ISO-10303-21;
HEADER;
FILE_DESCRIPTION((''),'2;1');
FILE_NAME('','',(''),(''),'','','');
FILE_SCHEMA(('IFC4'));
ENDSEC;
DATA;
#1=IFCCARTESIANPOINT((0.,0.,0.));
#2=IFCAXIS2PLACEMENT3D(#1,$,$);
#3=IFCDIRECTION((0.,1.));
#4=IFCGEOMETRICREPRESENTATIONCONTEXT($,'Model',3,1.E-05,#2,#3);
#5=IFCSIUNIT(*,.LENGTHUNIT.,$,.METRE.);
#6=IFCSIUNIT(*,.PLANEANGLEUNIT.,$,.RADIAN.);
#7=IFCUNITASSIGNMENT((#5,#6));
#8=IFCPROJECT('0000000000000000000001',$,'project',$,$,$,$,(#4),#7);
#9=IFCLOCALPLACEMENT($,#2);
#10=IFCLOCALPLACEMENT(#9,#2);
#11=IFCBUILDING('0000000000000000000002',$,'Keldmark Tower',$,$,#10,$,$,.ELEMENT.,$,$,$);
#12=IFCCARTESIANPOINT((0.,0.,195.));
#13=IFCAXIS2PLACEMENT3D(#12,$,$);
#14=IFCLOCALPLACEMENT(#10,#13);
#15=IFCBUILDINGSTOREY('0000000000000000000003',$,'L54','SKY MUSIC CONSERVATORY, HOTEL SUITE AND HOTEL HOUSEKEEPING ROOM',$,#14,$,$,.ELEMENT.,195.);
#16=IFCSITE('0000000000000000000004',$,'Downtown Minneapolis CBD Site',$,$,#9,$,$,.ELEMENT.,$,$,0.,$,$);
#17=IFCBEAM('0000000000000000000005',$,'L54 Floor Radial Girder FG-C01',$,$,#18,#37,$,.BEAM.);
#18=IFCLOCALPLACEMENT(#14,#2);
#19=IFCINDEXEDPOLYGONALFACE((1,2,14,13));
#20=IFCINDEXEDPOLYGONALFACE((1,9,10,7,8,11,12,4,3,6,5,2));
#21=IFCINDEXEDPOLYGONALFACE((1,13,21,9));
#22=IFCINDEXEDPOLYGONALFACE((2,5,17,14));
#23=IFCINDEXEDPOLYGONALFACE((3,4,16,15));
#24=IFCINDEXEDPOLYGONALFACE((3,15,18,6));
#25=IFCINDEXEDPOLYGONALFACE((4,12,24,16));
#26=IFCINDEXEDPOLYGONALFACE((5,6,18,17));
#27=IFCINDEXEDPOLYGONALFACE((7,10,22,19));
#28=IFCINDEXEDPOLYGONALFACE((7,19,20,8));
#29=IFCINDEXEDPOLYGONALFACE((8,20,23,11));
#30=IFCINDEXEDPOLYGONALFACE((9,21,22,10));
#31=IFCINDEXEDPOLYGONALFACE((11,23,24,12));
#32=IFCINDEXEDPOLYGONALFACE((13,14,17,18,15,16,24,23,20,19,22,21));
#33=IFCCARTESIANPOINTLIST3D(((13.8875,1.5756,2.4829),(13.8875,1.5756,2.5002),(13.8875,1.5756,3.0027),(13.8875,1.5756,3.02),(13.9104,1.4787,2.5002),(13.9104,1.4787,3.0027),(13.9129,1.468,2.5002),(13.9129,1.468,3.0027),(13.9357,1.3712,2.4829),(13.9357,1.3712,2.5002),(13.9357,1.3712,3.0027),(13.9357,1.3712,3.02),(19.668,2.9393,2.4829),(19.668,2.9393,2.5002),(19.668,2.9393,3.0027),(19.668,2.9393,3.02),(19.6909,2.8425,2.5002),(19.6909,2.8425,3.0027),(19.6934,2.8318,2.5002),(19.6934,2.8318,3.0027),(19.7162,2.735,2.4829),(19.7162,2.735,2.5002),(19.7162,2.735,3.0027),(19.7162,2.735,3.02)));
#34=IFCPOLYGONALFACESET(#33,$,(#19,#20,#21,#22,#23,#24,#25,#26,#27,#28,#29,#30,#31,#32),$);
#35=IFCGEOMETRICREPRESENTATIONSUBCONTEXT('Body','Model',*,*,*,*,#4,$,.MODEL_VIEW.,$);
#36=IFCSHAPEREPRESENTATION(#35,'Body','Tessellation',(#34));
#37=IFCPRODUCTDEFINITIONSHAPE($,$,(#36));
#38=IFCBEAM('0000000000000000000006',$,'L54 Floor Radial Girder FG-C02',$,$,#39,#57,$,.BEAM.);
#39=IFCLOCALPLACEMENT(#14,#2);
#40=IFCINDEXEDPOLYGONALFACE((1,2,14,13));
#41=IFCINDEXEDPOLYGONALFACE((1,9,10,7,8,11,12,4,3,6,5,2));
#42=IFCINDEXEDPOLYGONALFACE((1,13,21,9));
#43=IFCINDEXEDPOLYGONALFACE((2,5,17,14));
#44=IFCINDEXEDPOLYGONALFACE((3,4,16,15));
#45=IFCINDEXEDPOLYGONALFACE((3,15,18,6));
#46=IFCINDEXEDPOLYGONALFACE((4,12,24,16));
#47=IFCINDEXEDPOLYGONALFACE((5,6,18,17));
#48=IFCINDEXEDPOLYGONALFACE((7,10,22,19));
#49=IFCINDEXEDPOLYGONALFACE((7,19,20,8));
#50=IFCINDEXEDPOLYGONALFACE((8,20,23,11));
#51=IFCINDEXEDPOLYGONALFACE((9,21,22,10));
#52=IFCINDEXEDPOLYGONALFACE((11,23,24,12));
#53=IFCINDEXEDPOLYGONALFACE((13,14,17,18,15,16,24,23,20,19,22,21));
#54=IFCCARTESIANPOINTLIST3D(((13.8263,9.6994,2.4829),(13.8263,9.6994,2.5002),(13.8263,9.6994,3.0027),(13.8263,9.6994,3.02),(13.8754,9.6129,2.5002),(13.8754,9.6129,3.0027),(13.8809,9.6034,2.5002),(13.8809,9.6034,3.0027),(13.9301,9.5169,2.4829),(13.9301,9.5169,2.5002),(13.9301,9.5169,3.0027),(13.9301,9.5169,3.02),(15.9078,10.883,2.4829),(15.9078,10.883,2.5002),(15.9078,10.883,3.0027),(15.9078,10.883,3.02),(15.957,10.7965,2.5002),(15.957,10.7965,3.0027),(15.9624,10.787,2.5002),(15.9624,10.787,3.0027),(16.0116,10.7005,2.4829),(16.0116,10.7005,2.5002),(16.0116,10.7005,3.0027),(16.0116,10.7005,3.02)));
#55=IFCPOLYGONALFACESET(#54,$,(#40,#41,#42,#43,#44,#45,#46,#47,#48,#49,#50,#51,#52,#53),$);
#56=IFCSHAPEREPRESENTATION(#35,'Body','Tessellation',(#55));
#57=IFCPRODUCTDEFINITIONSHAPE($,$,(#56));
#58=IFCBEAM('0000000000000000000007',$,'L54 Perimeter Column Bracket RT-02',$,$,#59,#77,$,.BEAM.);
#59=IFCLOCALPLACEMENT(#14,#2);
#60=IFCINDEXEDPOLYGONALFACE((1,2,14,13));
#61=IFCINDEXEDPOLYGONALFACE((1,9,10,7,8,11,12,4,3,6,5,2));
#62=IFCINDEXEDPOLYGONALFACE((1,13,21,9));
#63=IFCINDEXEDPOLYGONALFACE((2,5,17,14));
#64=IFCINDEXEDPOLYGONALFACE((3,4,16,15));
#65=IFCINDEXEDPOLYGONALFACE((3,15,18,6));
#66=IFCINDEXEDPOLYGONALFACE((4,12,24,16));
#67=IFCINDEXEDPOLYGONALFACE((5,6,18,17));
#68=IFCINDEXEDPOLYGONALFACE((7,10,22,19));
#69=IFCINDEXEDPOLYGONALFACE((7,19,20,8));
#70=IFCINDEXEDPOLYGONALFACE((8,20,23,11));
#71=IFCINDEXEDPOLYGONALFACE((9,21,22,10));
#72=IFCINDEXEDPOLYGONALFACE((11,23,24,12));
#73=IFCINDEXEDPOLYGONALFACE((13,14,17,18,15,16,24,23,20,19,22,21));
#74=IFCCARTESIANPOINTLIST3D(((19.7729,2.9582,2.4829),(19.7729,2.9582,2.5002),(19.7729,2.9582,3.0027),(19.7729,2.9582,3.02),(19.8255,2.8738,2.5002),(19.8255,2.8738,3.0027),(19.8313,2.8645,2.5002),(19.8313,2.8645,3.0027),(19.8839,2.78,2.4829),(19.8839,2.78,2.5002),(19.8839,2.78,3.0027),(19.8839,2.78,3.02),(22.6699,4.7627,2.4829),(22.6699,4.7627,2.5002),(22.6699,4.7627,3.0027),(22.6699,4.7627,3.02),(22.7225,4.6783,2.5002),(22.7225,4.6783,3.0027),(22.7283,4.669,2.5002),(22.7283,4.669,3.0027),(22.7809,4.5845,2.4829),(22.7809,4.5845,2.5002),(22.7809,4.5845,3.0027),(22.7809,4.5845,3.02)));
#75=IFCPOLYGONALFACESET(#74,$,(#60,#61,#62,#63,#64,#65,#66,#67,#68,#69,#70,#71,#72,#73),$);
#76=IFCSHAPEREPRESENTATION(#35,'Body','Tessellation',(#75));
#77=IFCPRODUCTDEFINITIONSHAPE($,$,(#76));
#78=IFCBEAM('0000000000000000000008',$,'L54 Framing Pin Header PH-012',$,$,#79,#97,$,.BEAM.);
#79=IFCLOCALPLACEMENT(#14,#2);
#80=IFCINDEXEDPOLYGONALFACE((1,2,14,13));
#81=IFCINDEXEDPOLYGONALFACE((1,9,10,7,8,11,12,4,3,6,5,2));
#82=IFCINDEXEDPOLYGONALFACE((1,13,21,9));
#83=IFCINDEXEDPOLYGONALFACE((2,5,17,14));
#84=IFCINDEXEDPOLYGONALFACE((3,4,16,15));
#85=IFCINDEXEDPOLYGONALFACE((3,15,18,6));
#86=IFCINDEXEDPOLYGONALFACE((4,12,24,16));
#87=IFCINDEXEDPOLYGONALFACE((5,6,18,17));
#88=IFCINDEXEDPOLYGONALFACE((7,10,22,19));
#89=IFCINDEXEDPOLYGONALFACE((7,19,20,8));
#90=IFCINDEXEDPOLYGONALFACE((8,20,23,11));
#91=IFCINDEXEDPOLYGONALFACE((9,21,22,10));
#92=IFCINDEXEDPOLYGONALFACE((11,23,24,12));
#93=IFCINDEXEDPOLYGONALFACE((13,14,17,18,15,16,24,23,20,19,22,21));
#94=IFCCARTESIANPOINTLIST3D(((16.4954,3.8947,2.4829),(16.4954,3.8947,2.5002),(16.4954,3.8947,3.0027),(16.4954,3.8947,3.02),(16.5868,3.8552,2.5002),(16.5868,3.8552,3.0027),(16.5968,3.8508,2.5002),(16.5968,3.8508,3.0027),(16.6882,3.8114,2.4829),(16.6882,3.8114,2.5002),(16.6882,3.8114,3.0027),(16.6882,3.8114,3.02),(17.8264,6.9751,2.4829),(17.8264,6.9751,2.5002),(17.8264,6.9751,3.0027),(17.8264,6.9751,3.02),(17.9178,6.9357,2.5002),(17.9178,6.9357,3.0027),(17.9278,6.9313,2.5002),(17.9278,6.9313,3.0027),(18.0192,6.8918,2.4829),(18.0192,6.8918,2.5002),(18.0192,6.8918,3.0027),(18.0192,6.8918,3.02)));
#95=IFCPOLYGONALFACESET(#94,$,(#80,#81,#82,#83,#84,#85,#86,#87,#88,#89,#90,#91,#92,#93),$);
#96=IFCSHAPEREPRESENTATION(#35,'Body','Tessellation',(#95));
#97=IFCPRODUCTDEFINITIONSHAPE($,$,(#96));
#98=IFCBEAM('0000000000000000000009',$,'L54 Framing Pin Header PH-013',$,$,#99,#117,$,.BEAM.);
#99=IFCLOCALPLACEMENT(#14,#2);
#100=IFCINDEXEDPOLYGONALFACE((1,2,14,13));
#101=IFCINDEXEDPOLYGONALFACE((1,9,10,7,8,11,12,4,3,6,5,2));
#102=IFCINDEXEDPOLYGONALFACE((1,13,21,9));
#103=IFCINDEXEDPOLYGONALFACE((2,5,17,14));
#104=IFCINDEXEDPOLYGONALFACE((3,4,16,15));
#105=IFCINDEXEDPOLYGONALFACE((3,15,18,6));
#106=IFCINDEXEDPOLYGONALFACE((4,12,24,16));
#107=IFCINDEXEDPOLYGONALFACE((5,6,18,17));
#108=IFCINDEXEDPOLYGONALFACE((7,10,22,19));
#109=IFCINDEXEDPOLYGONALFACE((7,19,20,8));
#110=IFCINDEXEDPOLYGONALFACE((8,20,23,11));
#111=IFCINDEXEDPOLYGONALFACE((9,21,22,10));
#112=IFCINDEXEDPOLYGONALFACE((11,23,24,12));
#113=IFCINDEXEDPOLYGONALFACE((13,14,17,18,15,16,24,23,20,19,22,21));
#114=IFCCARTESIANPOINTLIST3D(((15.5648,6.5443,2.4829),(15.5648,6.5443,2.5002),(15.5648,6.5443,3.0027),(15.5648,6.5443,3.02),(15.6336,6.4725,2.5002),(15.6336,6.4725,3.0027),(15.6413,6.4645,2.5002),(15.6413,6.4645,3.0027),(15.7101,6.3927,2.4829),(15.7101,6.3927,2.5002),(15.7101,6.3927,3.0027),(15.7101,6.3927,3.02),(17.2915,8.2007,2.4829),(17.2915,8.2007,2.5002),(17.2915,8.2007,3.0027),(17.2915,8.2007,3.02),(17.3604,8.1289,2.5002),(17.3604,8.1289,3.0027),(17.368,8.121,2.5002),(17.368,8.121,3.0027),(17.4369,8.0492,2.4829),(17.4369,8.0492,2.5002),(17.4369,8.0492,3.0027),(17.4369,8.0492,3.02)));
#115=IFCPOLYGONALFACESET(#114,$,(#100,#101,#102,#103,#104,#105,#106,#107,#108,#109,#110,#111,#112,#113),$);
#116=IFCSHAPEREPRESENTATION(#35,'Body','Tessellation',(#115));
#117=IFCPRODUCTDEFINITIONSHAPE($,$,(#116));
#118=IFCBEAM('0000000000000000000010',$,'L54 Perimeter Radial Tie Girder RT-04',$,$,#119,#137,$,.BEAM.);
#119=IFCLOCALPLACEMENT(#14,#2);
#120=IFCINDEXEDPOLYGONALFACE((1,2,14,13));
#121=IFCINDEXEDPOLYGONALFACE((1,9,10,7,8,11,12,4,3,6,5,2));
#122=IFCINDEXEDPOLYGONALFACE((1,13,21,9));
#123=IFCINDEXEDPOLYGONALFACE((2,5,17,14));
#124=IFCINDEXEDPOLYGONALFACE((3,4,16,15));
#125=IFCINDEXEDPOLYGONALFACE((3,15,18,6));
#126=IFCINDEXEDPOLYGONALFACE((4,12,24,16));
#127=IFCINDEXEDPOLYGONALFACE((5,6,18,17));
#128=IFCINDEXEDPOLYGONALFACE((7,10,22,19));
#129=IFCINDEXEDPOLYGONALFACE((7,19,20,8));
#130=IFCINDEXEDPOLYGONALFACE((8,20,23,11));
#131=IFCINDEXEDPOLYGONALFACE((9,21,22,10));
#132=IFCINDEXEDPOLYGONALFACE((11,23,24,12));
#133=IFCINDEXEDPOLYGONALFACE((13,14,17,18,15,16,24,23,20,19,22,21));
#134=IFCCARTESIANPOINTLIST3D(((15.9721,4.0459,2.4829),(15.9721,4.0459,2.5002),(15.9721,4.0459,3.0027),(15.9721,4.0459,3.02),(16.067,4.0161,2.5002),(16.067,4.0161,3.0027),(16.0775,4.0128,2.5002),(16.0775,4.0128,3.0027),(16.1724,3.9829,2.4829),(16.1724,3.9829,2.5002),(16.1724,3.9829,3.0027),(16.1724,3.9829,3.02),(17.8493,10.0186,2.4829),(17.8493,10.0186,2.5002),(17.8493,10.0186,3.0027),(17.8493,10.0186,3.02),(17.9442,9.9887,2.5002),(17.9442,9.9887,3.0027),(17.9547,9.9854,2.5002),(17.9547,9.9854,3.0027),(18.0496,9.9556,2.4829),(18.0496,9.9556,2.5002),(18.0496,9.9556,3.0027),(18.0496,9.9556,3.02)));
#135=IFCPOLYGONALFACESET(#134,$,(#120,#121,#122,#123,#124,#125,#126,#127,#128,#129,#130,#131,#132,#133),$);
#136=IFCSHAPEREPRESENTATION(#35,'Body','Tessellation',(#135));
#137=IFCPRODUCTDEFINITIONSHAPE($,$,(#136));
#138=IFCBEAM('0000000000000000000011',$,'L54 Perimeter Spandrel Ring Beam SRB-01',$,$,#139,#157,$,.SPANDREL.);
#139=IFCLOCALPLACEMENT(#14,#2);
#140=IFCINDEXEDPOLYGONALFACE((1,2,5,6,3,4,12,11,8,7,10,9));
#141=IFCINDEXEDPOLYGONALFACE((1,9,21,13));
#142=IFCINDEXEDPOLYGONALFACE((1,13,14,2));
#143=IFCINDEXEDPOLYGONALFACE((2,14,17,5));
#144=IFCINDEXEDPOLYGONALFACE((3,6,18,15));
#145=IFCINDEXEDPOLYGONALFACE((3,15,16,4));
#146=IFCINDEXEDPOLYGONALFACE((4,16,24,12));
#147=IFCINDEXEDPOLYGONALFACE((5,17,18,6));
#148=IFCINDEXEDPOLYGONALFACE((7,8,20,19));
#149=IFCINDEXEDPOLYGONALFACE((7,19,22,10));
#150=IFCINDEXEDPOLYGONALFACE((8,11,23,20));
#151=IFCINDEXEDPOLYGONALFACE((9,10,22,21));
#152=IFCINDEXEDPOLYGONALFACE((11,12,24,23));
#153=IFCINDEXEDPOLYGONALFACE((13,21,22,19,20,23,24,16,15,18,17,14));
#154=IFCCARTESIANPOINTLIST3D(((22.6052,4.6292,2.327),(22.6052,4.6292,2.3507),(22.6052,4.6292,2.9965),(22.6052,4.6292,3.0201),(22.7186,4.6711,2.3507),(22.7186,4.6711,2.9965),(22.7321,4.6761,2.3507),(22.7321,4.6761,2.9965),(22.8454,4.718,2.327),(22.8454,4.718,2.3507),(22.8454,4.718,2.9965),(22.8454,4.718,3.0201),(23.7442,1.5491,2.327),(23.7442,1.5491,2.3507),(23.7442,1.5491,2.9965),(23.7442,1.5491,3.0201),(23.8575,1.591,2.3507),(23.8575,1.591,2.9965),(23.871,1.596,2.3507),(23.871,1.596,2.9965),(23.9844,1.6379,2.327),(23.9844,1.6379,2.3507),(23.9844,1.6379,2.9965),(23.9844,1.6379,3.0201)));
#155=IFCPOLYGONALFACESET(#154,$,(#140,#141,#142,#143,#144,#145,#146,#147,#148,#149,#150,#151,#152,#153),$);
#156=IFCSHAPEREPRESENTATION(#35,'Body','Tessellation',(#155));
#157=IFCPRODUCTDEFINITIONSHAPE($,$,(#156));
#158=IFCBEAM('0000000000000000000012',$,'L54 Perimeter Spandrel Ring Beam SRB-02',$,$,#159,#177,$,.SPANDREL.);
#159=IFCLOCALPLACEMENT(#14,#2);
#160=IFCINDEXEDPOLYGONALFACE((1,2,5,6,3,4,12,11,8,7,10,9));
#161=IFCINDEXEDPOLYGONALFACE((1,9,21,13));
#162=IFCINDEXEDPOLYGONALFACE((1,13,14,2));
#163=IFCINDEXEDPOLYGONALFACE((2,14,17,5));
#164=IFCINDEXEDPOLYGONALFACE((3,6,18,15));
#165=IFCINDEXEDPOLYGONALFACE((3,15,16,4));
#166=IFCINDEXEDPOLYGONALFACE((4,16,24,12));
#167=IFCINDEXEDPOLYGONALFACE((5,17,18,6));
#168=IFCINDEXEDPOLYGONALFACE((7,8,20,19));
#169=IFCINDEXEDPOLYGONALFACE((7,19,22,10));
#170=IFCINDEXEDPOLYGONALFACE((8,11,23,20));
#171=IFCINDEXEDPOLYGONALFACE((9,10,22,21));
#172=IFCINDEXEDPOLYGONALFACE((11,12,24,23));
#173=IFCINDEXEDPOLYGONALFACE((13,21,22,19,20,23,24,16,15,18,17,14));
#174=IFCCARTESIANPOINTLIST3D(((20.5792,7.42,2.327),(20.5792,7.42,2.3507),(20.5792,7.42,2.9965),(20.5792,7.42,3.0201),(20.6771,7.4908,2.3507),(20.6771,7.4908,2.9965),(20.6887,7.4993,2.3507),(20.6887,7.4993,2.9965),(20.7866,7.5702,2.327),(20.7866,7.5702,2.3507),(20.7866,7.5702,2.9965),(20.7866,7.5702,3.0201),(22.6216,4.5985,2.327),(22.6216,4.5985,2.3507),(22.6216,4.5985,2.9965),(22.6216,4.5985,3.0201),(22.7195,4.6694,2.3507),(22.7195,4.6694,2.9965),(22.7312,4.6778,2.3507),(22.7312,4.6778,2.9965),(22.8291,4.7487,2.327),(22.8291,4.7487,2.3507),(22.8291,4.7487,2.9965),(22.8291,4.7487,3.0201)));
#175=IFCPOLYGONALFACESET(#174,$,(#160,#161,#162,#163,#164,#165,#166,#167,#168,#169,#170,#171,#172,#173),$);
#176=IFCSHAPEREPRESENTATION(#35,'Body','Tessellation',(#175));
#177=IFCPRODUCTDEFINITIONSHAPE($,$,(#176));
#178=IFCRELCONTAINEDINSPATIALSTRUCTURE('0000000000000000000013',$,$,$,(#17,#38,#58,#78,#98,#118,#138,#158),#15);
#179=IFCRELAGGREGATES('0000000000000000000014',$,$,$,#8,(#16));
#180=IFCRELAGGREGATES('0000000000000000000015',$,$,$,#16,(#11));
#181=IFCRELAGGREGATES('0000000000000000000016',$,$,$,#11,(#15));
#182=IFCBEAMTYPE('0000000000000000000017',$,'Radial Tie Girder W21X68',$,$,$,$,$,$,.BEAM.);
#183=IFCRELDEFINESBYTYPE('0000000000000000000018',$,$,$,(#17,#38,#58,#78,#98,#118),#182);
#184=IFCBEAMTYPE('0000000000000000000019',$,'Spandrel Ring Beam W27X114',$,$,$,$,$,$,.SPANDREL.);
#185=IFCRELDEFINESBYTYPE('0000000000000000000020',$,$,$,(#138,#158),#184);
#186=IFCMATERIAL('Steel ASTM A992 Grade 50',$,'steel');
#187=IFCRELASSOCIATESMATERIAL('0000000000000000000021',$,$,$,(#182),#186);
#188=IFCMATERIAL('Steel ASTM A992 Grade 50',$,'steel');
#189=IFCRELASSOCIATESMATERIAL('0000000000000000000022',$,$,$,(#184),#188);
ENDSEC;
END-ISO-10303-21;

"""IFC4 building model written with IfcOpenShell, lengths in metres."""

from ifc_helpers import new_model, si_unit, direction, frame, origin, origin_2d, place, context, subcontext, project, spatial, i_section, extrude, material, material_profile, profile_set, type_object, element, save


model = new_model("IFC4")

# Units and contexts
model_context = context("Model", 3, precision=1e-05, world=origin(), true_north=direction((0.0, 1.0)))
body_context = subcontext(model_context, "Body", "Model", "MODEL_VIEW")
ifc_project = project(units=[si_unit("LENGTHUNIT", "METRE"), si_unit("PLANEANGLEUNIT", "RADIAN")], contexts=[model_context])

# Site, building, storey
site_placement = place(None, origin())
site = spatial("IfcSite", under=ifc_project, at=site_placement, Name="Downtown Minneapolis CBD Site", CompositionType="ELEMENT", RefElevation=0.0)
building_placement = place(site_placement, origin())
building = spatial("IfcBuilding", under=site, at=building_placement, Name="Keldmark Tower", CompositionType="ELEMENT")
storey_placement = place(building_placement, frame((0.0, 0.0, 195.0)))
storey = spatial("IfcBuildingStorey", under=building, at=storey_placement, Name="L54", Description="SKY MUSIC CONSERVATORY, HOTEL SUITE AND HOTEL HOUSEKEEPING ROOM", CompositionType="ELEMENT", Elevation=195.0)

# Beams
ifc_material_1 = material(Name="Steel ASTM A992 Grade 50", Category="steel")
ifc_material_profile_1 = material_profile(ifc_material_1, i_section(OverallWidth=0.21, OverallDepth=0.5371, WebThickness=0.011, FlangeThickness=0.0173, at=origin_2d()), Name="W21X68")
ifc_profile_set_1 = profile_set([ifc_material_profile_1], Name="Steel ASTM A992 Grade 50")
beam_type_1 = type_object("IfcBeamType", Name="Radial Tie Girder W21X68", PredefinedType="BEAM", material=ifc_profile_set_1)
beam_1_placement = place(storey_placement, frame((19.6921, 2.8372, 2.7515), z_axis=(-0.97328, -0.229621, 0.0), x_axis=(0.229621, -0.97328, 0.0)))
element("IfcBeam", 1, at=beam_1_placement, inside=storey, type_object=beam_type_1, Name="L54 Floor Radial Girder FG-C01", PredefinedType="BEAM", context=body_context, shape_type="SweptSolid", body=[
    extrude(i_section(OverallWidth=0.21, OverallDepth=0.5371, WebThickness=0.011, FlangeThickness=0.0173, at=origin_2d()), origin(), (0.0, 0.0, 1.0), 5.9392),
])
beam_2_placement = place(storey_placement, frame((15.9597, 10.7917, 2.7515), z_axis=(-0.869295, -0.494293, 0.0), x_axis=(0.494293, -0.869295, 0.0)))
element("IfcBeam", 2, at=beam_2_placement, inside=storey, type_object=beam_type_1, Name="L54 Floor Radial Girder FG-C02", PredefinedType="BEAM", context=body_context, shape_type="SweptSolid", body=[
    extrude(i_section(OverallWidth=0.21, OverallDepth=0.5371, WebThickness=0.011, FlangeThickness=0.0173, at=origin_2d()), origin(), (0.0, 0.0, 1.0), 2.3945),
])
beam_3_placement = place(storey_placement, frame((19.8284, 2.8691, 2.7515), z_axis=(0.848809, 0.528699, 0.0), x_axis=(-0.528699, 0.848809, 0.0)))
element("IfcBeam", 3, at=beam_3_placement, inside=storey, type_object=beam_type_1, Name="L54 Perimeter Column Bracket RT-02", PredefinedType="BEAM", context=body_context, shape_type="SweptSolid", body=[
    extrude(i_section(OverallWidth=0.21, OverallDepth=0.5371, WebThickness=0.011, FlangeThickness=0.0173, at=origin_2d()), origin(), (0.0, 0.0, 1.0), 3.4131),
])
beam_4_placement = place(storey_placement, frame((16.5918, 3.853, 2.7515), z_axis=(0.396639, 0.917974, 0.0), x_axis=(-0.917974, 0.396639, 0.0)))
element("IfcBeam", 4, at=beam_4_placement, inside=storey, type_object=beam_type_1, Name="L54 Framing Pin Header PH-012", PredefinedType="BEAM", context=body_context, shape_type="SweptSolid", body=[
    extrude(i_section(OverallWidth=0.21, OverallDepth=0.5371, WebThickness=0.011, FlangeThickness=0.0173, at=origin_2d()), origin(), (0.0, 0.0, 1.0), 3.3557),
])
beam_5_placement = place(storey_placement, frame((15.6375, 6.4685, 2.7515), z_axis=(0.721646, 0.692262, 0.0), x_axis=(-0.692262, 0.721646, 0.0)))
element("IfcBeam", 5, at=beam_5_placement, inside=storey, type_object=beam_type_1, Name="L54 Framing Pin Header PH-013", PredefinedType="BEAM", context=body_context, shape_type="SweptSolid", body=[
    extrude(i_section(OverallWidth=0.21, OverallDepth=0.5371, WebThickness=0.011, FlangeThickness=0.0173, at=origin_2d()), origin(), (0.0, 0.0, 1.0), 2.3928),
])
beam_6_placement = place(storey_placement, frame((16.0723, 4.0144, 2.7515), z_axis=(0.299838, 0.95399, 0.0), x_axis=(-0.95399, 0.299838, 0.0)))
element("IfcBeam", 6, at=beam_6_placement, inside=storey, type_object=beam_type_1, Name="L54 Perimeter Radial Tie Girder RT-04", PredefinedType="BEAM", context=body_context, shape_type="SweptSolid", body=[
    extrude(i_section(OverallWidth=0.21, OverallDepth=0.5371, WebThickness=0.011, FlangeThickness=0.0173, at=origin_2d()), origin(), (0.0, 0.0, 1.0), 6.2607),
])
ifc_material_2 = material(Name="Steel ASTM A992 Grade 50", Category="steel")
ifc_material_profile_2 = material_profile(ifc_material_2, i_section(OverallWidth=0.2561, OverallDepth=0.6931, WebThickness=0.0144, FlangeThickness=0.0237, at=origin_2d()), Name="W27X114")
ifc_profile_set_2 = profile_set([ifc_material_profile_2], Name="Steel ASTM A992 Grade 50")
beam_type_2 = type_object("IfcBeamType", Name="Spandrel Ring Beam W27X114", PredefinedType="SPANDREL", material=ifc_profile_set_2)
beam_7_placement = place(storey_placement, frame((23.8643, 1.5935, 2.6736), z_axis=(-0.346818, 0.937932, 0.0), x_axis=(-0.937932, -0.346818, 0.0)))
element("IfcBeam", 7, at=beam_7_placement, inside=storey, type_object=beam_type_2, Name="L54 Perimeter Spandrel Ring Beam SRB-01", PredefinedType="SPANDREL", context=body_context, shape_type="SweptSolid", body=[
    extrude(i_section(OverallWidth=0.2561, OverallDepth=0.6931, WebThickness=0.0144, FlangeThickness=0.0237, at=origin_2d()), origin(), (0.0, 0.0, 1.0), 3.2839),
])
beam_8_placement = place(storey_placement, frame((22.7253, 4.6736, 2.6736), z_axis=(-0.586378, 0.810037, 0.0), x_axis=(-0.810037, -0.586378, 0.0)))
element("IfcBeam", 8, at=beam_8_placement, inside=storey, type_object=beam_type_2, Name="L54 Perimeter Spandrel Ring Beam SRB-02", PredefinedType="SPANDREL", context=body_context, shape_type="SweptSolid", body=[
    extrude(i_section(OverallWidth=0.2561, OverallDepth=0.6931, WebThickness=0.0144, FlangeThickness=0.0237, at=origin_2d()), origin(), (0.0, 0.0, 1.0), 3.4832),
])

save(model, "model.ifc")
